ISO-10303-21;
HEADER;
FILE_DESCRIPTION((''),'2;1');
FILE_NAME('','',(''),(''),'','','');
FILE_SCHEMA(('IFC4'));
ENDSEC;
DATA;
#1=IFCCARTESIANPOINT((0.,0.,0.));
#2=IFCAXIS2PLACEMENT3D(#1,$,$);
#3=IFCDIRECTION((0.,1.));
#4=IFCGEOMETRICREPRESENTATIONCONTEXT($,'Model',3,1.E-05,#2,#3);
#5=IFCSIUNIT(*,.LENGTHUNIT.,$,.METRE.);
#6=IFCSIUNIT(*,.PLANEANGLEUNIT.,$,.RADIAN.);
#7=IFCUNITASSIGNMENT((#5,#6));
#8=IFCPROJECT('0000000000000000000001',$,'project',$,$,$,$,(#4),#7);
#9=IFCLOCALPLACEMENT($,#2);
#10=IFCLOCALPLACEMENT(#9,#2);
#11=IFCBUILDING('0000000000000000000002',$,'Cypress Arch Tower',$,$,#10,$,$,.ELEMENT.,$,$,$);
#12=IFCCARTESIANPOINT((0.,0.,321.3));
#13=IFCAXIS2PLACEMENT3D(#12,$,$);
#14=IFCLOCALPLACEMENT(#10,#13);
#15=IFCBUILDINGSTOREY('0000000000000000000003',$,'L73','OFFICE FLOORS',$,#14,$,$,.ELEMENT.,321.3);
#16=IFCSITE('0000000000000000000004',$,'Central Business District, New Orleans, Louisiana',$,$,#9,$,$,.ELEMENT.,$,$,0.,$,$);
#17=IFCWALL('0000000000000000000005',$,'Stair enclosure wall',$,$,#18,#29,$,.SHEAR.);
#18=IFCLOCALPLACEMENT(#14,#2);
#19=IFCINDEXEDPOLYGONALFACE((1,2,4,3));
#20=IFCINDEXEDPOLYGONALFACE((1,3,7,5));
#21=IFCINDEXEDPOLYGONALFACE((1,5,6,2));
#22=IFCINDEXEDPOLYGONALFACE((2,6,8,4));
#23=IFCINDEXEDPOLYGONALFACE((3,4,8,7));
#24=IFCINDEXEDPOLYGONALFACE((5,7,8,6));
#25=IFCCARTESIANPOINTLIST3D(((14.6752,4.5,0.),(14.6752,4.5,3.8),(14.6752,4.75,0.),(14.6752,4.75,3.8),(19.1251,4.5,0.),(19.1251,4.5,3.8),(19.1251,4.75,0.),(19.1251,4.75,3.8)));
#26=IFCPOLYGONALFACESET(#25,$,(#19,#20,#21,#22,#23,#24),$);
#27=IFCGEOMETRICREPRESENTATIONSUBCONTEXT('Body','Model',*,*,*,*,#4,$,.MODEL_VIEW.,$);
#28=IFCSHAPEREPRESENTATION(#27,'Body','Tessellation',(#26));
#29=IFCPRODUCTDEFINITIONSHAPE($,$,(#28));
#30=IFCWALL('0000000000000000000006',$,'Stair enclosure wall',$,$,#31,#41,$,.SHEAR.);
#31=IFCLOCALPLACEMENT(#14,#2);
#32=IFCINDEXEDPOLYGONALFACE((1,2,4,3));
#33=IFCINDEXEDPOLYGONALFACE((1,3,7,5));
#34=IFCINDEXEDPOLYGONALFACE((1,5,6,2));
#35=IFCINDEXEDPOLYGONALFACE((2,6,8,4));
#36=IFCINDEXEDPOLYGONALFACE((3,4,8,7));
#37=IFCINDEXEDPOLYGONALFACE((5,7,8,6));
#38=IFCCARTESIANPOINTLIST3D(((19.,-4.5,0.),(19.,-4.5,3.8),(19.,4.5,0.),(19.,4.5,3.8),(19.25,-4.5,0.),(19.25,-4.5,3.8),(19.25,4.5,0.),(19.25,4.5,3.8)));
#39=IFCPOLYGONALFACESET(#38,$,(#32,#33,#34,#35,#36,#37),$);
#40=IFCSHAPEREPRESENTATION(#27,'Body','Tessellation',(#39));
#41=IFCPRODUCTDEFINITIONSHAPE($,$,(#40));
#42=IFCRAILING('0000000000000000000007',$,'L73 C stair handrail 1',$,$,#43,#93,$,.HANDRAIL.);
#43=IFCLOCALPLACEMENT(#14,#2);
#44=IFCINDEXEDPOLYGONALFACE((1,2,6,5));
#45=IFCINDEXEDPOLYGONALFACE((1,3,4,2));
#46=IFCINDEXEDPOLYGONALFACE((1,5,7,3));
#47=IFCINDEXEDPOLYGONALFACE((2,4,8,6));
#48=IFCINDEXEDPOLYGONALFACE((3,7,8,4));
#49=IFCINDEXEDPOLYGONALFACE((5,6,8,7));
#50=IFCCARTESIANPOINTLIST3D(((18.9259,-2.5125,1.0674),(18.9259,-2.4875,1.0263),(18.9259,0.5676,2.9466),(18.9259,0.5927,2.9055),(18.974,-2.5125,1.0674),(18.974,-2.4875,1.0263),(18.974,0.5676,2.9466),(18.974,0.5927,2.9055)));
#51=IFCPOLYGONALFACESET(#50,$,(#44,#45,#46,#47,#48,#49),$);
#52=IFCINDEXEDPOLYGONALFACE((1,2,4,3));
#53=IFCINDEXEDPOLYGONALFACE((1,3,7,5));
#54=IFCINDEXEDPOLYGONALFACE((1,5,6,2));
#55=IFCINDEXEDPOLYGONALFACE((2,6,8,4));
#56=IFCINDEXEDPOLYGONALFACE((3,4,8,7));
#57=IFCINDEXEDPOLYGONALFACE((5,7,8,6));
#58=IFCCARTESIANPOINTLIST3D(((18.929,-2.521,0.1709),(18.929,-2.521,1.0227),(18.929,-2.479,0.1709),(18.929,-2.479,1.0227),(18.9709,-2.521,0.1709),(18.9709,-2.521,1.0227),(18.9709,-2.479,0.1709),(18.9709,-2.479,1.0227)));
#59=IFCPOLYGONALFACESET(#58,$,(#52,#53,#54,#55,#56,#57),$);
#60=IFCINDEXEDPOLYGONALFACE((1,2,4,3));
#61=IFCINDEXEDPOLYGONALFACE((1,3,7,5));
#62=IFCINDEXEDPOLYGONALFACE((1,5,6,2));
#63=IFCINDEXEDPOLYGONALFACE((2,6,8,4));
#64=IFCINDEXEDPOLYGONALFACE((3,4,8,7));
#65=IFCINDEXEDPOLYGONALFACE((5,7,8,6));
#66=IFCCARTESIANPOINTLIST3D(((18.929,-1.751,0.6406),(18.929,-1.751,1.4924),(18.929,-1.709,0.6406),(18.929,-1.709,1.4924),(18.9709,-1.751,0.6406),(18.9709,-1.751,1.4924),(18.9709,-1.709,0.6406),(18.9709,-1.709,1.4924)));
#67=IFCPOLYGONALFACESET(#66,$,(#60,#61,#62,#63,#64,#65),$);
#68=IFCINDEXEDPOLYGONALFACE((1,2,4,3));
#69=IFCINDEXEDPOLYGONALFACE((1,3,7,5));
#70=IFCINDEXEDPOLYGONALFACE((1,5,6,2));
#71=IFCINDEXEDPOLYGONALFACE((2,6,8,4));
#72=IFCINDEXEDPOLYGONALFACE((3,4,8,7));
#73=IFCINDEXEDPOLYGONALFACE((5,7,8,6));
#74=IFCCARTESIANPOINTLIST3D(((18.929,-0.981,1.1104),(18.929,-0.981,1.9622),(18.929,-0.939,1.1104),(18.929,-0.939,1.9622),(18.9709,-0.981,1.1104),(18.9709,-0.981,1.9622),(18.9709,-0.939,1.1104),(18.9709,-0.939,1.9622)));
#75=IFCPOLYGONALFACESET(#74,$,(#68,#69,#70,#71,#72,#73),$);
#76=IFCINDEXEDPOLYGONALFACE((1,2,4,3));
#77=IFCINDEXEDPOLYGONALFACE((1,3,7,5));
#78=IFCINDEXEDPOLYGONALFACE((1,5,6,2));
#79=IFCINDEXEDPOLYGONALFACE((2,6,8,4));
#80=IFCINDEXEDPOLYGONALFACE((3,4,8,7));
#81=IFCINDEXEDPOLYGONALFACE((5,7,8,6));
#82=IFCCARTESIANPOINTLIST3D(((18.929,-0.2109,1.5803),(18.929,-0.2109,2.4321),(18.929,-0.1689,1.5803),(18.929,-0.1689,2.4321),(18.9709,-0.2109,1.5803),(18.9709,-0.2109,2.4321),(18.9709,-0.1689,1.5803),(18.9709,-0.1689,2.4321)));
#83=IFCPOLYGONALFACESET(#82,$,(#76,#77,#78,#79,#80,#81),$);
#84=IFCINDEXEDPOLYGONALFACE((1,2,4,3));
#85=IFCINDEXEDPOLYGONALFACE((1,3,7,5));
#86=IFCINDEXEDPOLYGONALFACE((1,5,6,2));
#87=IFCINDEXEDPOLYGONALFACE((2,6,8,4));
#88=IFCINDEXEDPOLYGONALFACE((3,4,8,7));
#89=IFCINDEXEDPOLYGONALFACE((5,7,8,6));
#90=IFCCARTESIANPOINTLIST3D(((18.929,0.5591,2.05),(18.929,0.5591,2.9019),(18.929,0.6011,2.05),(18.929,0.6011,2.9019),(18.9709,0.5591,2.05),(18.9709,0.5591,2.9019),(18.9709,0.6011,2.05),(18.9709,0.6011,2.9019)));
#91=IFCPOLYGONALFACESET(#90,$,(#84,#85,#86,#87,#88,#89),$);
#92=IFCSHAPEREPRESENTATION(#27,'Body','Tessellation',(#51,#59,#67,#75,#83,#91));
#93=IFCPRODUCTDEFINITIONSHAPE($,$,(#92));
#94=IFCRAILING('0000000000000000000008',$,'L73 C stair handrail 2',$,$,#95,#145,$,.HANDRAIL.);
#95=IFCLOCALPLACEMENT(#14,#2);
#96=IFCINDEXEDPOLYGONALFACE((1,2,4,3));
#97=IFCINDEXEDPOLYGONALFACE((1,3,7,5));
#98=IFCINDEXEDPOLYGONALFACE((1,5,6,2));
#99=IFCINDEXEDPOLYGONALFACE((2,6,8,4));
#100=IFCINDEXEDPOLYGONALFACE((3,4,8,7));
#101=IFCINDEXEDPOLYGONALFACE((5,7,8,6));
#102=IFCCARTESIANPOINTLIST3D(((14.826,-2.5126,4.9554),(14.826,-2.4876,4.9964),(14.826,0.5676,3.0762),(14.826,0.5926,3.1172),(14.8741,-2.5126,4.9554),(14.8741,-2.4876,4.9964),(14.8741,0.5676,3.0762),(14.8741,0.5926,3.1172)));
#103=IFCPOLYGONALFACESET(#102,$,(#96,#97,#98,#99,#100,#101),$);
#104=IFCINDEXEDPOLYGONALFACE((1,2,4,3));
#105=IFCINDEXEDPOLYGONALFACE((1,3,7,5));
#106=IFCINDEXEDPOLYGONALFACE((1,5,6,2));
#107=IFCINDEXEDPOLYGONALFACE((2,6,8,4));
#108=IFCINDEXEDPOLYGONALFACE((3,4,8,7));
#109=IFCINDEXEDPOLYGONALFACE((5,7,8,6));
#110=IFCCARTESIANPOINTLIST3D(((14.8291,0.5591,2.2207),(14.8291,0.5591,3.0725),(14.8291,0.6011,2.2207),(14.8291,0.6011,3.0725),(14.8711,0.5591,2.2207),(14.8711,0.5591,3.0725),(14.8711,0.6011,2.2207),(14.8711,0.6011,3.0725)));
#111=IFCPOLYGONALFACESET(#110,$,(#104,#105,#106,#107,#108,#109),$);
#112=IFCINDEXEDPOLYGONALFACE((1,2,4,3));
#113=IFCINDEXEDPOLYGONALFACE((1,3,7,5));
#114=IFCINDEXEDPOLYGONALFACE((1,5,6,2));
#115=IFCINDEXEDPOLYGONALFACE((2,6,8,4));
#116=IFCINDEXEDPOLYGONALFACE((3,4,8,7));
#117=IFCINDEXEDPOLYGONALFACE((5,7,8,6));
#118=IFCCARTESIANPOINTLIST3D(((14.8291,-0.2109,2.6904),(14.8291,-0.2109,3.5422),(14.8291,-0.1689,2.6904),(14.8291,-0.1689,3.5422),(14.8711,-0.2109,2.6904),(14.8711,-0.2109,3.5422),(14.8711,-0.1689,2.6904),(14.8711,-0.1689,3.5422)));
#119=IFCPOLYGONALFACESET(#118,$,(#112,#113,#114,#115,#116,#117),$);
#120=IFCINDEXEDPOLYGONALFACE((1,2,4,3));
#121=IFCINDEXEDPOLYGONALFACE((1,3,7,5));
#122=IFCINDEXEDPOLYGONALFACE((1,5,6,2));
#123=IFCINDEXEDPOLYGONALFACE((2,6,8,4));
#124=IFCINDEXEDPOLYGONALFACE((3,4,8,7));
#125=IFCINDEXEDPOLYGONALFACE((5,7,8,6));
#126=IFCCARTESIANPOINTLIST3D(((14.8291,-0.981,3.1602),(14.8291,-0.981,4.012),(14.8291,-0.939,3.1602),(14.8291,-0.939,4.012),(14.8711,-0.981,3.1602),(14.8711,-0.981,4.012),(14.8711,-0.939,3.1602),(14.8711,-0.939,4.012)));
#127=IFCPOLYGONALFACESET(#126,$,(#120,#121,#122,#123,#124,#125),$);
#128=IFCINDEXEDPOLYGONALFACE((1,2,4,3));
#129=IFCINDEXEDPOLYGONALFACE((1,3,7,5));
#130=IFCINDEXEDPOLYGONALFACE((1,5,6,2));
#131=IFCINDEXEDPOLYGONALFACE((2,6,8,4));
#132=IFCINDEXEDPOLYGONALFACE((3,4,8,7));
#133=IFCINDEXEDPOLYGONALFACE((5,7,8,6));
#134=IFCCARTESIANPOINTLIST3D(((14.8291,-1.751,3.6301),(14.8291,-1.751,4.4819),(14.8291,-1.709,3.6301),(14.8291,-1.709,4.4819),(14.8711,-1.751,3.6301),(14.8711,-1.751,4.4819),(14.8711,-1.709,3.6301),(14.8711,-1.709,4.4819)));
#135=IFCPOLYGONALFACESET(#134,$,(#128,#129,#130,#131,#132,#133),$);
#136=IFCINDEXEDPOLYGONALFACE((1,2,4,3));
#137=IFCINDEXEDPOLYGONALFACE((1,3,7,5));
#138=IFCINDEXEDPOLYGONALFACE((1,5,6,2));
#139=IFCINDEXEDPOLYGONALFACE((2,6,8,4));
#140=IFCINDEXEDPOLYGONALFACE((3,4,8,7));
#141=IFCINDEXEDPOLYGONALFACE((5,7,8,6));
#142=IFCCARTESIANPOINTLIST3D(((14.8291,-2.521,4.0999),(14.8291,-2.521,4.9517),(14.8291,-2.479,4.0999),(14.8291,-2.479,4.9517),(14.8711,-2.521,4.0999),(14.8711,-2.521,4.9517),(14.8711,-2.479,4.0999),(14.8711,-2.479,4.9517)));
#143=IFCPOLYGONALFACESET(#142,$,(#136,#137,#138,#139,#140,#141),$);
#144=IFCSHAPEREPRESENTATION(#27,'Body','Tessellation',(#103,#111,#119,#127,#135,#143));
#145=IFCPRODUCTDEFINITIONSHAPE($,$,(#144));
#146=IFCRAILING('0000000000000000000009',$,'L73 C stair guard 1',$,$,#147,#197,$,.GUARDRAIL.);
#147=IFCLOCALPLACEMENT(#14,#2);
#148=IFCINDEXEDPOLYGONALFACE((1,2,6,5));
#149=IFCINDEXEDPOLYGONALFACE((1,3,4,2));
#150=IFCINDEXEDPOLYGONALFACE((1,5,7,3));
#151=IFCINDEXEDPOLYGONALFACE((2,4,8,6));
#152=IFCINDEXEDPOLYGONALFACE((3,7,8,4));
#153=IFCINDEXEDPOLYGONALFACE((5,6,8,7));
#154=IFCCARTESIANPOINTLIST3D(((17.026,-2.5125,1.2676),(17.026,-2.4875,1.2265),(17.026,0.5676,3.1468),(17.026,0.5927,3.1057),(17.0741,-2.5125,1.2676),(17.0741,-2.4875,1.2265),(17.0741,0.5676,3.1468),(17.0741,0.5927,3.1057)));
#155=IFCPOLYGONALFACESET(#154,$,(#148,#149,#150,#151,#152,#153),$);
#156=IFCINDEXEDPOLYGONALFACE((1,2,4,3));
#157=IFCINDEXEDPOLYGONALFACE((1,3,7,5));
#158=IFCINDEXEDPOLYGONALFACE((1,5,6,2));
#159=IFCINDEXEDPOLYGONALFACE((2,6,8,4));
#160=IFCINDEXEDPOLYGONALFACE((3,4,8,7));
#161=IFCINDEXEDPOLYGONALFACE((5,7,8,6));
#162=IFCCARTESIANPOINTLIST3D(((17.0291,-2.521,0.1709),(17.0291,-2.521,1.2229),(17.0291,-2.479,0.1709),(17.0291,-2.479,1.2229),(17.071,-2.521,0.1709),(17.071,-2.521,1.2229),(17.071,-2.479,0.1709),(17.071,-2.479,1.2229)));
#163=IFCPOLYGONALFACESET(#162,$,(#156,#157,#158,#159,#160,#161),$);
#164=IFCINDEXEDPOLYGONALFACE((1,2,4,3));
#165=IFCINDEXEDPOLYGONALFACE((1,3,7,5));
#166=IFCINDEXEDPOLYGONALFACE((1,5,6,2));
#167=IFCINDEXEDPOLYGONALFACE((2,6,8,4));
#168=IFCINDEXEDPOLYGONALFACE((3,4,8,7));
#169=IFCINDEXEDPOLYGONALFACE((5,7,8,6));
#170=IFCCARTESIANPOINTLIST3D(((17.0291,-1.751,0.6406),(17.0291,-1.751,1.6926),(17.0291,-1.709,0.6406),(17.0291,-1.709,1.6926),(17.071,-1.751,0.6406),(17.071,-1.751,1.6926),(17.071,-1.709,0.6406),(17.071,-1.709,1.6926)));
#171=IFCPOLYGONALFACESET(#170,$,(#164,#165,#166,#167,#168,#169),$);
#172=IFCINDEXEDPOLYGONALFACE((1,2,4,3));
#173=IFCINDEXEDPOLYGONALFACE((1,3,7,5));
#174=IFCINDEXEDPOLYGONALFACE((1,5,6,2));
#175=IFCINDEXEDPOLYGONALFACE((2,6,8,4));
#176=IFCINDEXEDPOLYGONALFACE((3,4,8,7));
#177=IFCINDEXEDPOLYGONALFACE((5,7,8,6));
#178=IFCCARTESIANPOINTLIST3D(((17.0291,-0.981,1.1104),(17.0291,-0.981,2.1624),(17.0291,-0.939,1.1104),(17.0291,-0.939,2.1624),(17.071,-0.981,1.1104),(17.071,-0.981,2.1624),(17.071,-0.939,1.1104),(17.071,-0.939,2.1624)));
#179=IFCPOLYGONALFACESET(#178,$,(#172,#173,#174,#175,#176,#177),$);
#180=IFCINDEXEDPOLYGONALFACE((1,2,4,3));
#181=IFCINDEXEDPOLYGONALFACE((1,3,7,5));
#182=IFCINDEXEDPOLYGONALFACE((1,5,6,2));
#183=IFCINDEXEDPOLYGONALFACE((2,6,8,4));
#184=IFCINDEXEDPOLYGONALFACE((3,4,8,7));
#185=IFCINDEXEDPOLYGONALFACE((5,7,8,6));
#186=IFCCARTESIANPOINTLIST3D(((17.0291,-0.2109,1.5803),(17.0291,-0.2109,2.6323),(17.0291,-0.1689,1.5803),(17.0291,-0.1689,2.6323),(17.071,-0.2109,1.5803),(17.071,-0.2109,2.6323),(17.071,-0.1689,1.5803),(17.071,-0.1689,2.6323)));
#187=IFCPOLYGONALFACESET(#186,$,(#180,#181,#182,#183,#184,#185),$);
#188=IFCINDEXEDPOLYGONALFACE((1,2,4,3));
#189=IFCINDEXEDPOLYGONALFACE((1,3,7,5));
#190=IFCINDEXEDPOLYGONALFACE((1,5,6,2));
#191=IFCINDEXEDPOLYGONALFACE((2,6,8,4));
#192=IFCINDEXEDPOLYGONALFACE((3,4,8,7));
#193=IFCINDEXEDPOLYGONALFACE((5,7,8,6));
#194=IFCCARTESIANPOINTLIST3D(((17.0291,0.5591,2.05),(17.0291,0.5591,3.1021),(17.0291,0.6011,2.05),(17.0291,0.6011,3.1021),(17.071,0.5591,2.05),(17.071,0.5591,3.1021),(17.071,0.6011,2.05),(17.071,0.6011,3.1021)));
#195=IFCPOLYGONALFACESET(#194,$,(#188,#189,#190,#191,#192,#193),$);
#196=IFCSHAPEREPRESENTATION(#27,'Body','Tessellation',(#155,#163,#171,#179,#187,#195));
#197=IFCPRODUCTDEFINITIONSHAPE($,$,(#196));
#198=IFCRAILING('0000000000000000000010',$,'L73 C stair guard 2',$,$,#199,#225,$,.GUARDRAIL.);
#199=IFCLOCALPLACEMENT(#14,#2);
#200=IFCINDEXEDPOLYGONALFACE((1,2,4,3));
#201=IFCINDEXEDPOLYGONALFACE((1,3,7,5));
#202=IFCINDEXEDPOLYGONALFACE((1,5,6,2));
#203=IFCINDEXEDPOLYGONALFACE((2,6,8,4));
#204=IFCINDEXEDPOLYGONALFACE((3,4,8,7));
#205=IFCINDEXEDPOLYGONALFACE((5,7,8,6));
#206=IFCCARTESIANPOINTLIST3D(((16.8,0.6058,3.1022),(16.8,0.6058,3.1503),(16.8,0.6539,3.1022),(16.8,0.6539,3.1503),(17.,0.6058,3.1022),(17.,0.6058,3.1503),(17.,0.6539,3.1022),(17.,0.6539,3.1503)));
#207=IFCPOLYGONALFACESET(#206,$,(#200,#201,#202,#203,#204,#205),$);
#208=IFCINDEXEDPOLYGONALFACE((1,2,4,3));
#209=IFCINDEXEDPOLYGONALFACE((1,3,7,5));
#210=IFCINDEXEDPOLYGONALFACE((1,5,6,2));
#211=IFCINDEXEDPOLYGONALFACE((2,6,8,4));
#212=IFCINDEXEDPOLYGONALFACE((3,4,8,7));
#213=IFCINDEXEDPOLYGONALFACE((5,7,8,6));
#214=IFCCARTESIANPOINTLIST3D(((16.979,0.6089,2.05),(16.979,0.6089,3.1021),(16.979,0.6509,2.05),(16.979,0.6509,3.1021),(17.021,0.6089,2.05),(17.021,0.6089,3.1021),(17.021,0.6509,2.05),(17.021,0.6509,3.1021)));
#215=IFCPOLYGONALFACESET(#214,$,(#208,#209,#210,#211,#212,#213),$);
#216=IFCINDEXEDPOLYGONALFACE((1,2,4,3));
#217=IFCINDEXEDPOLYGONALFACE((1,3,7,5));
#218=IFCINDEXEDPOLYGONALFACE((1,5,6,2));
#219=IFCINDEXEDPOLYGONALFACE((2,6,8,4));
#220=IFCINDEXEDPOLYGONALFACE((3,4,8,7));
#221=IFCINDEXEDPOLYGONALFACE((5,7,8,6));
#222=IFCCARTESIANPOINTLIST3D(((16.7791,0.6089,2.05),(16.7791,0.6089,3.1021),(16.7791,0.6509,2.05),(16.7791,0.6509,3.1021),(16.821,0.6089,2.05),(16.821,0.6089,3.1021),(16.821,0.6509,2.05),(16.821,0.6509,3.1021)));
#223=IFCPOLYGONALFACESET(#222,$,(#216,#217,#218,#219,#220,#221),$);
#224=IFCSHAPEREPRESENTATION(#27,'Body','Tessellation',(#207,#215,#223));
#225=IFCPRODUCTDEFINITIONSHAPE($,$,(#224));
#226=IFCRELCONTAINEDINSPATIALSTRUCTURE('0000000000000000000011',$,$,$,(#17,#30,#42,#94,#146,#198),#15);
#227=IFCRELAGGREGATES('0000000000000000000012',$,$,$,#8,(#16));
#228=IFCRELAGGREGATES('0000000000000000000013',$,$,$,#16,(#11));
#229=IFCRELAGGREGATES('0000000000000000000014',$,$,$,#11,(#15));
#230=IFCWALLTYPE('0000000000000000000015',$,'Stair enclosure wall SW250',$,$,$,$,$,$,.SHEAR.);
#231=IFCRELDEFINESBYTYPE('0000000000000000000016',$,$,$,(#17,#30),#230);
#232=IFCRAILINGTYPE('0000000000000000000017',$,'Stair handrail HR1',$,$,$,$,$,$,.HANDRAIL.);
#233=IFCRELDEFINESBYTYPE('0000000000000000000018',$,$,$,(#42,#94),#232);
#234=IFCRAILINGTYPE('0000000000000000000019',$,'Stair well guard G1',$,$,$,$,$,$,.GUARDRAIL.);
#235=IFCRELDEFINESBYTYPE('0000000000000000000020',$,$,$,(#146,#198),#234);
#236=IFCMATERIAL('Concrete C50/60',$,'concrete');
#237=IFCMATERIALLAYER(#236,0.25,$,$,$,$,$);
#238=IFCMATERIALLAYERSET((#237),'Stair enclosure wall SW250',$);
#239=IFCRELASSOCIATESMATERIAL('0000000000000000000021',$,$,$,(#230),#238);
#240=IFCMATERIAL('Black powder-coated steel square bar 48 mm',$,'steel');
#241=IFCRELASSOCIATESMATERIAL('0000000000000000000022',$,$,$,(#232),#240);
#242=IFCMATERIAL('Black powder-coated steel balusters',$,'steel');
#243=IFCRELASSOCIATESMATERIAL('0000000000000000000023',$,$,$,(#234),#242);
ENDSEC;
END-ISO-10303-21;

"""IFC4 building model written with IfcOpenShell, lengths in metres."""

from ifc_helpers import new_model, si_unit, direction, frame, frame_2d, origin, origin_2d, place, context, subcontext, project, spatial, rectangle, extrude, material, layer, layer_set, type_object, element, save


model = new_model("IFC4")

# Units and contexts
model_context = context("Model", 3, precision=1e-05, world=origin(), true_north=direction((0.0, 1.0)))
body_context = subcontext(model_context, "Body", "Model", "MODEL_VIEW")
ifc_project = project(units=[si_unit("LENGTHUNIT", "METRE"), si_unit("PLANEANGLEUNIT", "RADIAN")], contexts=[model_context])

# Site, building, storey
site_placement = place(None, origin())
site = spatial("IfcSite", under=ifc_project, at=site_placement, Name="Central Business District, New Orleans, Louisiana", CompositionType="ELEMENT", RefElevation=0.0)
building_placement = place(site_placement, origin())
building = spatial("IfcBuilding", under=site, at=building_placement, Name="Cypress Arch Tower", CompositionType="ELEMENT")
storey_placement = place(building_placement, frame((0.0, 0.0, 321.3)))
storey = spatial("IfcBuildingStorey", under=building, at=storey_placement, Name="L73", Description="OFFICE FLOORS", CompositionType="ELEMENT", Elevation=321.3)

# Shared definitions
ifc_material_1 = material(Name="Concrete C50/60", Category="concrete")
ifc_layer_1 = layer(ifc_material_1, 0.25)
ifc_layer_set_1 = layer_set([ifc_layer_1], Name="Stair enclosure wall SW250")
wall_type_1 = type_object("IfcWallType", Name="Stair enclosure wall SW250", PredefinedType="SHEAR", material=ifc_layer_set_1)

# Walls
wall_1_placement = place(storey_placement, frame((14.675, 4.625, 0.0), z_axis=(0.0, 0.0, 1.0), x_axis=(1.0, 0.0, 0.0)))
element("IfcWall", 1, at=wall_1_placement, inside=storey, type_object=wall_type_1, Name="Stair enclosure wall", PredefinedType="SHEAR", context=body_context, shape_type="SweptSolid", body=[
    extrude(rectangle(XDim=4.45, YDim=0.25, at=frame_2d((2.2251, 0.0))), origin(), (0.0, 0.0, 1.0), 3.8),
])
wall_2_placement = place(storey_placement, frame((19.125, -4.5, 0.0), z_axis=(0.0, 0.0, 1.0), x_axis=(0.0, 1.0, 0.0)))
element("IfcWall", 2, at=wall_2_placement, inside=storey, type_object=wall_type_1, Name="Stair enclosure wall", PredefinedType="SHEAR", context=body_context, shape_type="SweptSolid", body=[
    extrude(rectangle(XDim=9.0, YDim=0.25, at=frame_2d((4.5, 0.0))), origin(), (0.0, 0.0, 1.0), 3.8),
])

# Railings
ifc_material_2 = material(Name="Black powder-coated steel square bar 48 mm", Category="steel")
railing_type_1 = type_object("IfcRailingType", Name="Stair handrail HR1", PredefinedType="HANDRAIL", material=ifc_material_2)
railing_1_placement = place(storey_placement, frame((18.95, -2.5, 0.1709)))
element("IfcRailing", 3, at=railing_1_placement, inside=storey, type_object=railing_type_1, Name="L73 C stair handrail 1", PredefinedType="HANDRAIL", context=body_context, shape_type="SweptSolid", body=[
    extrude(rectangle(XDim=0.0481, YDim=0.0481, at=origin_2d()), frame((0.0, 0.0, 0.876), z_axis=(0.0, 0.853666, 0.52082), x_axis=(-1.0, 0.0, 0.0)), (0.0, 0.0, 1.0), 3.6082),
    extrude(rectangle(XDim=0.042, YDim=0.042, at=origin_2d()), origin(), (0.0, 0.0, 1.0), 0.8518),
    extrude(rectangle(XDim=0.042, YDim=0.042, at=origin_2d()), frame((0.0, 0.77, 0.4697)), (0.0, 0.0, 1.0), 0.8518),
    extrude(rectangle(XDim=0.042, YDim=0.042, at=origin_2d()), frame((0.0, 1.54, 0.9395)), (0.0, 0.0, 1.0), 0.8518),
    extrude(rectangle(XDim=0.042, YDim=0.042, at=origin_2d()), frame((0.0, 2.3101, 1.4094)), (0.0, 0.0, 1.0), 0.8518),
    extrude(rectangle(XDim=0.042, YDim=0.042, at=origin_2d()), frame((0.0, 3.0801, 1.8792)), (0.0, 0.0, 1.0), 0.8518),
])
railing_2_placement = place(storey_placement, frame((14.8501, 0.5801, 2.2207)))
element("IfcRailing", 4, at=railing_2_placement, inside=storey, type_object=railing_type_1, Name="L73 C stair handrail 2", PredefinedType="HANDRAIL", context=body_context, shape_type="SweptSolid", body=[
    extrude(rectangle(XDim=0.0481, YDim=0.0481, at=origin_2d()), frame((0.0, 0.0, 0.876), z_axis=(0.0, -0.853666, 0.52082), x_axis=(1.0, 0.0, 0.0)), (0.0, 0.0, 1.0), 3.6082),
    extrude(rectangle(XDim=0.042, YDim=0.042, at=origin_2d()), origin(), (0.0, 0.0, 1.0), 0.8518),
    extrude(rectangle(XDim=0.042, YDim=0.042, at=origin_2d()), frame((0.0, -0.77, 0.4697)), (0.0, 0.0, 1.0), 0.8518),
    extrude(rectangle(XDim=0.042, YDim=0.042, at=origin_2d()), frame((0.0, -1.54, 0.9395)), (0.0, 0.0, 1.0), 0.8518),
    extrude(rectangle(XDim=0.042, YDim=0.042, at=origin_2d()), frame((0.0, -2.3101, 1.4094)), (0.0, 0.0, 1.0), 0.8518),
    extrude(rectangle(XDim=0.042, YDim=0.042, at=origin_2d()), frame((0.0, -3.0801, 1.8792)), (0.0, 0.0, 1.0), 0.8518),
])
ifc_material_3 = material(Name="Black powder-coated steel balusters", Category="steel")
railing_type_2 = type_object("IfcRailingType", Name="Stair well guard G1", PredefinedType="GUARDRAIL", material=ifc_material_3)
railing_3_placement = place(storey_placement, frame((17.05, -2.5, 0.1709)))
element("IfcRailing", 5, at=railing_3_placement, inside=storey, type_object=railing_type_2, Name="L73 C stair guard 1", PredefinedType="GUARDRAIL", context=body_context, shape_type="SweptSolid", body=[
    extrude(rectangle(XDim=0.0481, YDim=0.0481, at=origin_2d()), frame((0.0, 0.0, 1.0762), z_axis=(0.0, 0.853666, 0.52082), x_axis=(-1.0, 0.0, 0.0)), (0.0, 0.0, 1.0), 3.6082),
    extrude(rectangle(XDim=0.042, YDim=0.042, at=origin_2d()), origin(), (0.0, 0.0, 1.0), 1.052),
    extrude(rectangle(XDim=0.042, YDim=0.042, at=origin_2d()), frame((0.0, 0.77, 0.4697)), (0.0, 0.0, 1.0), 1.052),
    extrude(rectangle(XDim=0.042, YDim=0.042, at=origin_2d()), frame((0.0, 1.54, 0.9395)), (0.0, 0.0, 1.0), 1.052),
    extrude(rectangle(XDim=0.042, YDim=0.042, at=origin_2d()), frame((0.0, 2.3101, 1.4094)), (0.0, 0.0, 1.0), 1.052),
    extrude(rectangle(XDim=0.042, YDim=0.042, at=origin_2d()), frame((0.0, 3.0801, 1.8792)), (0.0, 0.0, 1.0), 1.052),
])
railing_4_placement = place(storey_placement, frame((17.0, 0.6299, 2.05)))
element("IfcRailing", 6, at=railing_4_placement, inside=storey, type_object=railing_type_2, Name="L73 C stair guard 2", PredefinedType="GUARDRAIL", context=body_context, shape_type="SweptSolid", body=[
    extrude(rectangle(XDim=0.0481, YDim=0.0481, at=origin_2d()), frame((0.0, 0.0, 1.0762), z_axis=(-1.0, 0.0, 0.0), x_axis=(0.0, -1.0, 0.0)), (0.0, 0.0, 1.0), 0.2),
    extrude(rectangle(XDim=0.042, YDim=0.042, at=origin_2d()), origin(), (0.0, 0.0, 1.0), 1.052),
    extrude(rectangle(XDim=0.042, YDim=0.042, at=origin_2d()), frame((-0.2, 0.0, 0.0)), (0.0, 0.0, 1.0), 1.052),
])

save(model, "model.ifc")
